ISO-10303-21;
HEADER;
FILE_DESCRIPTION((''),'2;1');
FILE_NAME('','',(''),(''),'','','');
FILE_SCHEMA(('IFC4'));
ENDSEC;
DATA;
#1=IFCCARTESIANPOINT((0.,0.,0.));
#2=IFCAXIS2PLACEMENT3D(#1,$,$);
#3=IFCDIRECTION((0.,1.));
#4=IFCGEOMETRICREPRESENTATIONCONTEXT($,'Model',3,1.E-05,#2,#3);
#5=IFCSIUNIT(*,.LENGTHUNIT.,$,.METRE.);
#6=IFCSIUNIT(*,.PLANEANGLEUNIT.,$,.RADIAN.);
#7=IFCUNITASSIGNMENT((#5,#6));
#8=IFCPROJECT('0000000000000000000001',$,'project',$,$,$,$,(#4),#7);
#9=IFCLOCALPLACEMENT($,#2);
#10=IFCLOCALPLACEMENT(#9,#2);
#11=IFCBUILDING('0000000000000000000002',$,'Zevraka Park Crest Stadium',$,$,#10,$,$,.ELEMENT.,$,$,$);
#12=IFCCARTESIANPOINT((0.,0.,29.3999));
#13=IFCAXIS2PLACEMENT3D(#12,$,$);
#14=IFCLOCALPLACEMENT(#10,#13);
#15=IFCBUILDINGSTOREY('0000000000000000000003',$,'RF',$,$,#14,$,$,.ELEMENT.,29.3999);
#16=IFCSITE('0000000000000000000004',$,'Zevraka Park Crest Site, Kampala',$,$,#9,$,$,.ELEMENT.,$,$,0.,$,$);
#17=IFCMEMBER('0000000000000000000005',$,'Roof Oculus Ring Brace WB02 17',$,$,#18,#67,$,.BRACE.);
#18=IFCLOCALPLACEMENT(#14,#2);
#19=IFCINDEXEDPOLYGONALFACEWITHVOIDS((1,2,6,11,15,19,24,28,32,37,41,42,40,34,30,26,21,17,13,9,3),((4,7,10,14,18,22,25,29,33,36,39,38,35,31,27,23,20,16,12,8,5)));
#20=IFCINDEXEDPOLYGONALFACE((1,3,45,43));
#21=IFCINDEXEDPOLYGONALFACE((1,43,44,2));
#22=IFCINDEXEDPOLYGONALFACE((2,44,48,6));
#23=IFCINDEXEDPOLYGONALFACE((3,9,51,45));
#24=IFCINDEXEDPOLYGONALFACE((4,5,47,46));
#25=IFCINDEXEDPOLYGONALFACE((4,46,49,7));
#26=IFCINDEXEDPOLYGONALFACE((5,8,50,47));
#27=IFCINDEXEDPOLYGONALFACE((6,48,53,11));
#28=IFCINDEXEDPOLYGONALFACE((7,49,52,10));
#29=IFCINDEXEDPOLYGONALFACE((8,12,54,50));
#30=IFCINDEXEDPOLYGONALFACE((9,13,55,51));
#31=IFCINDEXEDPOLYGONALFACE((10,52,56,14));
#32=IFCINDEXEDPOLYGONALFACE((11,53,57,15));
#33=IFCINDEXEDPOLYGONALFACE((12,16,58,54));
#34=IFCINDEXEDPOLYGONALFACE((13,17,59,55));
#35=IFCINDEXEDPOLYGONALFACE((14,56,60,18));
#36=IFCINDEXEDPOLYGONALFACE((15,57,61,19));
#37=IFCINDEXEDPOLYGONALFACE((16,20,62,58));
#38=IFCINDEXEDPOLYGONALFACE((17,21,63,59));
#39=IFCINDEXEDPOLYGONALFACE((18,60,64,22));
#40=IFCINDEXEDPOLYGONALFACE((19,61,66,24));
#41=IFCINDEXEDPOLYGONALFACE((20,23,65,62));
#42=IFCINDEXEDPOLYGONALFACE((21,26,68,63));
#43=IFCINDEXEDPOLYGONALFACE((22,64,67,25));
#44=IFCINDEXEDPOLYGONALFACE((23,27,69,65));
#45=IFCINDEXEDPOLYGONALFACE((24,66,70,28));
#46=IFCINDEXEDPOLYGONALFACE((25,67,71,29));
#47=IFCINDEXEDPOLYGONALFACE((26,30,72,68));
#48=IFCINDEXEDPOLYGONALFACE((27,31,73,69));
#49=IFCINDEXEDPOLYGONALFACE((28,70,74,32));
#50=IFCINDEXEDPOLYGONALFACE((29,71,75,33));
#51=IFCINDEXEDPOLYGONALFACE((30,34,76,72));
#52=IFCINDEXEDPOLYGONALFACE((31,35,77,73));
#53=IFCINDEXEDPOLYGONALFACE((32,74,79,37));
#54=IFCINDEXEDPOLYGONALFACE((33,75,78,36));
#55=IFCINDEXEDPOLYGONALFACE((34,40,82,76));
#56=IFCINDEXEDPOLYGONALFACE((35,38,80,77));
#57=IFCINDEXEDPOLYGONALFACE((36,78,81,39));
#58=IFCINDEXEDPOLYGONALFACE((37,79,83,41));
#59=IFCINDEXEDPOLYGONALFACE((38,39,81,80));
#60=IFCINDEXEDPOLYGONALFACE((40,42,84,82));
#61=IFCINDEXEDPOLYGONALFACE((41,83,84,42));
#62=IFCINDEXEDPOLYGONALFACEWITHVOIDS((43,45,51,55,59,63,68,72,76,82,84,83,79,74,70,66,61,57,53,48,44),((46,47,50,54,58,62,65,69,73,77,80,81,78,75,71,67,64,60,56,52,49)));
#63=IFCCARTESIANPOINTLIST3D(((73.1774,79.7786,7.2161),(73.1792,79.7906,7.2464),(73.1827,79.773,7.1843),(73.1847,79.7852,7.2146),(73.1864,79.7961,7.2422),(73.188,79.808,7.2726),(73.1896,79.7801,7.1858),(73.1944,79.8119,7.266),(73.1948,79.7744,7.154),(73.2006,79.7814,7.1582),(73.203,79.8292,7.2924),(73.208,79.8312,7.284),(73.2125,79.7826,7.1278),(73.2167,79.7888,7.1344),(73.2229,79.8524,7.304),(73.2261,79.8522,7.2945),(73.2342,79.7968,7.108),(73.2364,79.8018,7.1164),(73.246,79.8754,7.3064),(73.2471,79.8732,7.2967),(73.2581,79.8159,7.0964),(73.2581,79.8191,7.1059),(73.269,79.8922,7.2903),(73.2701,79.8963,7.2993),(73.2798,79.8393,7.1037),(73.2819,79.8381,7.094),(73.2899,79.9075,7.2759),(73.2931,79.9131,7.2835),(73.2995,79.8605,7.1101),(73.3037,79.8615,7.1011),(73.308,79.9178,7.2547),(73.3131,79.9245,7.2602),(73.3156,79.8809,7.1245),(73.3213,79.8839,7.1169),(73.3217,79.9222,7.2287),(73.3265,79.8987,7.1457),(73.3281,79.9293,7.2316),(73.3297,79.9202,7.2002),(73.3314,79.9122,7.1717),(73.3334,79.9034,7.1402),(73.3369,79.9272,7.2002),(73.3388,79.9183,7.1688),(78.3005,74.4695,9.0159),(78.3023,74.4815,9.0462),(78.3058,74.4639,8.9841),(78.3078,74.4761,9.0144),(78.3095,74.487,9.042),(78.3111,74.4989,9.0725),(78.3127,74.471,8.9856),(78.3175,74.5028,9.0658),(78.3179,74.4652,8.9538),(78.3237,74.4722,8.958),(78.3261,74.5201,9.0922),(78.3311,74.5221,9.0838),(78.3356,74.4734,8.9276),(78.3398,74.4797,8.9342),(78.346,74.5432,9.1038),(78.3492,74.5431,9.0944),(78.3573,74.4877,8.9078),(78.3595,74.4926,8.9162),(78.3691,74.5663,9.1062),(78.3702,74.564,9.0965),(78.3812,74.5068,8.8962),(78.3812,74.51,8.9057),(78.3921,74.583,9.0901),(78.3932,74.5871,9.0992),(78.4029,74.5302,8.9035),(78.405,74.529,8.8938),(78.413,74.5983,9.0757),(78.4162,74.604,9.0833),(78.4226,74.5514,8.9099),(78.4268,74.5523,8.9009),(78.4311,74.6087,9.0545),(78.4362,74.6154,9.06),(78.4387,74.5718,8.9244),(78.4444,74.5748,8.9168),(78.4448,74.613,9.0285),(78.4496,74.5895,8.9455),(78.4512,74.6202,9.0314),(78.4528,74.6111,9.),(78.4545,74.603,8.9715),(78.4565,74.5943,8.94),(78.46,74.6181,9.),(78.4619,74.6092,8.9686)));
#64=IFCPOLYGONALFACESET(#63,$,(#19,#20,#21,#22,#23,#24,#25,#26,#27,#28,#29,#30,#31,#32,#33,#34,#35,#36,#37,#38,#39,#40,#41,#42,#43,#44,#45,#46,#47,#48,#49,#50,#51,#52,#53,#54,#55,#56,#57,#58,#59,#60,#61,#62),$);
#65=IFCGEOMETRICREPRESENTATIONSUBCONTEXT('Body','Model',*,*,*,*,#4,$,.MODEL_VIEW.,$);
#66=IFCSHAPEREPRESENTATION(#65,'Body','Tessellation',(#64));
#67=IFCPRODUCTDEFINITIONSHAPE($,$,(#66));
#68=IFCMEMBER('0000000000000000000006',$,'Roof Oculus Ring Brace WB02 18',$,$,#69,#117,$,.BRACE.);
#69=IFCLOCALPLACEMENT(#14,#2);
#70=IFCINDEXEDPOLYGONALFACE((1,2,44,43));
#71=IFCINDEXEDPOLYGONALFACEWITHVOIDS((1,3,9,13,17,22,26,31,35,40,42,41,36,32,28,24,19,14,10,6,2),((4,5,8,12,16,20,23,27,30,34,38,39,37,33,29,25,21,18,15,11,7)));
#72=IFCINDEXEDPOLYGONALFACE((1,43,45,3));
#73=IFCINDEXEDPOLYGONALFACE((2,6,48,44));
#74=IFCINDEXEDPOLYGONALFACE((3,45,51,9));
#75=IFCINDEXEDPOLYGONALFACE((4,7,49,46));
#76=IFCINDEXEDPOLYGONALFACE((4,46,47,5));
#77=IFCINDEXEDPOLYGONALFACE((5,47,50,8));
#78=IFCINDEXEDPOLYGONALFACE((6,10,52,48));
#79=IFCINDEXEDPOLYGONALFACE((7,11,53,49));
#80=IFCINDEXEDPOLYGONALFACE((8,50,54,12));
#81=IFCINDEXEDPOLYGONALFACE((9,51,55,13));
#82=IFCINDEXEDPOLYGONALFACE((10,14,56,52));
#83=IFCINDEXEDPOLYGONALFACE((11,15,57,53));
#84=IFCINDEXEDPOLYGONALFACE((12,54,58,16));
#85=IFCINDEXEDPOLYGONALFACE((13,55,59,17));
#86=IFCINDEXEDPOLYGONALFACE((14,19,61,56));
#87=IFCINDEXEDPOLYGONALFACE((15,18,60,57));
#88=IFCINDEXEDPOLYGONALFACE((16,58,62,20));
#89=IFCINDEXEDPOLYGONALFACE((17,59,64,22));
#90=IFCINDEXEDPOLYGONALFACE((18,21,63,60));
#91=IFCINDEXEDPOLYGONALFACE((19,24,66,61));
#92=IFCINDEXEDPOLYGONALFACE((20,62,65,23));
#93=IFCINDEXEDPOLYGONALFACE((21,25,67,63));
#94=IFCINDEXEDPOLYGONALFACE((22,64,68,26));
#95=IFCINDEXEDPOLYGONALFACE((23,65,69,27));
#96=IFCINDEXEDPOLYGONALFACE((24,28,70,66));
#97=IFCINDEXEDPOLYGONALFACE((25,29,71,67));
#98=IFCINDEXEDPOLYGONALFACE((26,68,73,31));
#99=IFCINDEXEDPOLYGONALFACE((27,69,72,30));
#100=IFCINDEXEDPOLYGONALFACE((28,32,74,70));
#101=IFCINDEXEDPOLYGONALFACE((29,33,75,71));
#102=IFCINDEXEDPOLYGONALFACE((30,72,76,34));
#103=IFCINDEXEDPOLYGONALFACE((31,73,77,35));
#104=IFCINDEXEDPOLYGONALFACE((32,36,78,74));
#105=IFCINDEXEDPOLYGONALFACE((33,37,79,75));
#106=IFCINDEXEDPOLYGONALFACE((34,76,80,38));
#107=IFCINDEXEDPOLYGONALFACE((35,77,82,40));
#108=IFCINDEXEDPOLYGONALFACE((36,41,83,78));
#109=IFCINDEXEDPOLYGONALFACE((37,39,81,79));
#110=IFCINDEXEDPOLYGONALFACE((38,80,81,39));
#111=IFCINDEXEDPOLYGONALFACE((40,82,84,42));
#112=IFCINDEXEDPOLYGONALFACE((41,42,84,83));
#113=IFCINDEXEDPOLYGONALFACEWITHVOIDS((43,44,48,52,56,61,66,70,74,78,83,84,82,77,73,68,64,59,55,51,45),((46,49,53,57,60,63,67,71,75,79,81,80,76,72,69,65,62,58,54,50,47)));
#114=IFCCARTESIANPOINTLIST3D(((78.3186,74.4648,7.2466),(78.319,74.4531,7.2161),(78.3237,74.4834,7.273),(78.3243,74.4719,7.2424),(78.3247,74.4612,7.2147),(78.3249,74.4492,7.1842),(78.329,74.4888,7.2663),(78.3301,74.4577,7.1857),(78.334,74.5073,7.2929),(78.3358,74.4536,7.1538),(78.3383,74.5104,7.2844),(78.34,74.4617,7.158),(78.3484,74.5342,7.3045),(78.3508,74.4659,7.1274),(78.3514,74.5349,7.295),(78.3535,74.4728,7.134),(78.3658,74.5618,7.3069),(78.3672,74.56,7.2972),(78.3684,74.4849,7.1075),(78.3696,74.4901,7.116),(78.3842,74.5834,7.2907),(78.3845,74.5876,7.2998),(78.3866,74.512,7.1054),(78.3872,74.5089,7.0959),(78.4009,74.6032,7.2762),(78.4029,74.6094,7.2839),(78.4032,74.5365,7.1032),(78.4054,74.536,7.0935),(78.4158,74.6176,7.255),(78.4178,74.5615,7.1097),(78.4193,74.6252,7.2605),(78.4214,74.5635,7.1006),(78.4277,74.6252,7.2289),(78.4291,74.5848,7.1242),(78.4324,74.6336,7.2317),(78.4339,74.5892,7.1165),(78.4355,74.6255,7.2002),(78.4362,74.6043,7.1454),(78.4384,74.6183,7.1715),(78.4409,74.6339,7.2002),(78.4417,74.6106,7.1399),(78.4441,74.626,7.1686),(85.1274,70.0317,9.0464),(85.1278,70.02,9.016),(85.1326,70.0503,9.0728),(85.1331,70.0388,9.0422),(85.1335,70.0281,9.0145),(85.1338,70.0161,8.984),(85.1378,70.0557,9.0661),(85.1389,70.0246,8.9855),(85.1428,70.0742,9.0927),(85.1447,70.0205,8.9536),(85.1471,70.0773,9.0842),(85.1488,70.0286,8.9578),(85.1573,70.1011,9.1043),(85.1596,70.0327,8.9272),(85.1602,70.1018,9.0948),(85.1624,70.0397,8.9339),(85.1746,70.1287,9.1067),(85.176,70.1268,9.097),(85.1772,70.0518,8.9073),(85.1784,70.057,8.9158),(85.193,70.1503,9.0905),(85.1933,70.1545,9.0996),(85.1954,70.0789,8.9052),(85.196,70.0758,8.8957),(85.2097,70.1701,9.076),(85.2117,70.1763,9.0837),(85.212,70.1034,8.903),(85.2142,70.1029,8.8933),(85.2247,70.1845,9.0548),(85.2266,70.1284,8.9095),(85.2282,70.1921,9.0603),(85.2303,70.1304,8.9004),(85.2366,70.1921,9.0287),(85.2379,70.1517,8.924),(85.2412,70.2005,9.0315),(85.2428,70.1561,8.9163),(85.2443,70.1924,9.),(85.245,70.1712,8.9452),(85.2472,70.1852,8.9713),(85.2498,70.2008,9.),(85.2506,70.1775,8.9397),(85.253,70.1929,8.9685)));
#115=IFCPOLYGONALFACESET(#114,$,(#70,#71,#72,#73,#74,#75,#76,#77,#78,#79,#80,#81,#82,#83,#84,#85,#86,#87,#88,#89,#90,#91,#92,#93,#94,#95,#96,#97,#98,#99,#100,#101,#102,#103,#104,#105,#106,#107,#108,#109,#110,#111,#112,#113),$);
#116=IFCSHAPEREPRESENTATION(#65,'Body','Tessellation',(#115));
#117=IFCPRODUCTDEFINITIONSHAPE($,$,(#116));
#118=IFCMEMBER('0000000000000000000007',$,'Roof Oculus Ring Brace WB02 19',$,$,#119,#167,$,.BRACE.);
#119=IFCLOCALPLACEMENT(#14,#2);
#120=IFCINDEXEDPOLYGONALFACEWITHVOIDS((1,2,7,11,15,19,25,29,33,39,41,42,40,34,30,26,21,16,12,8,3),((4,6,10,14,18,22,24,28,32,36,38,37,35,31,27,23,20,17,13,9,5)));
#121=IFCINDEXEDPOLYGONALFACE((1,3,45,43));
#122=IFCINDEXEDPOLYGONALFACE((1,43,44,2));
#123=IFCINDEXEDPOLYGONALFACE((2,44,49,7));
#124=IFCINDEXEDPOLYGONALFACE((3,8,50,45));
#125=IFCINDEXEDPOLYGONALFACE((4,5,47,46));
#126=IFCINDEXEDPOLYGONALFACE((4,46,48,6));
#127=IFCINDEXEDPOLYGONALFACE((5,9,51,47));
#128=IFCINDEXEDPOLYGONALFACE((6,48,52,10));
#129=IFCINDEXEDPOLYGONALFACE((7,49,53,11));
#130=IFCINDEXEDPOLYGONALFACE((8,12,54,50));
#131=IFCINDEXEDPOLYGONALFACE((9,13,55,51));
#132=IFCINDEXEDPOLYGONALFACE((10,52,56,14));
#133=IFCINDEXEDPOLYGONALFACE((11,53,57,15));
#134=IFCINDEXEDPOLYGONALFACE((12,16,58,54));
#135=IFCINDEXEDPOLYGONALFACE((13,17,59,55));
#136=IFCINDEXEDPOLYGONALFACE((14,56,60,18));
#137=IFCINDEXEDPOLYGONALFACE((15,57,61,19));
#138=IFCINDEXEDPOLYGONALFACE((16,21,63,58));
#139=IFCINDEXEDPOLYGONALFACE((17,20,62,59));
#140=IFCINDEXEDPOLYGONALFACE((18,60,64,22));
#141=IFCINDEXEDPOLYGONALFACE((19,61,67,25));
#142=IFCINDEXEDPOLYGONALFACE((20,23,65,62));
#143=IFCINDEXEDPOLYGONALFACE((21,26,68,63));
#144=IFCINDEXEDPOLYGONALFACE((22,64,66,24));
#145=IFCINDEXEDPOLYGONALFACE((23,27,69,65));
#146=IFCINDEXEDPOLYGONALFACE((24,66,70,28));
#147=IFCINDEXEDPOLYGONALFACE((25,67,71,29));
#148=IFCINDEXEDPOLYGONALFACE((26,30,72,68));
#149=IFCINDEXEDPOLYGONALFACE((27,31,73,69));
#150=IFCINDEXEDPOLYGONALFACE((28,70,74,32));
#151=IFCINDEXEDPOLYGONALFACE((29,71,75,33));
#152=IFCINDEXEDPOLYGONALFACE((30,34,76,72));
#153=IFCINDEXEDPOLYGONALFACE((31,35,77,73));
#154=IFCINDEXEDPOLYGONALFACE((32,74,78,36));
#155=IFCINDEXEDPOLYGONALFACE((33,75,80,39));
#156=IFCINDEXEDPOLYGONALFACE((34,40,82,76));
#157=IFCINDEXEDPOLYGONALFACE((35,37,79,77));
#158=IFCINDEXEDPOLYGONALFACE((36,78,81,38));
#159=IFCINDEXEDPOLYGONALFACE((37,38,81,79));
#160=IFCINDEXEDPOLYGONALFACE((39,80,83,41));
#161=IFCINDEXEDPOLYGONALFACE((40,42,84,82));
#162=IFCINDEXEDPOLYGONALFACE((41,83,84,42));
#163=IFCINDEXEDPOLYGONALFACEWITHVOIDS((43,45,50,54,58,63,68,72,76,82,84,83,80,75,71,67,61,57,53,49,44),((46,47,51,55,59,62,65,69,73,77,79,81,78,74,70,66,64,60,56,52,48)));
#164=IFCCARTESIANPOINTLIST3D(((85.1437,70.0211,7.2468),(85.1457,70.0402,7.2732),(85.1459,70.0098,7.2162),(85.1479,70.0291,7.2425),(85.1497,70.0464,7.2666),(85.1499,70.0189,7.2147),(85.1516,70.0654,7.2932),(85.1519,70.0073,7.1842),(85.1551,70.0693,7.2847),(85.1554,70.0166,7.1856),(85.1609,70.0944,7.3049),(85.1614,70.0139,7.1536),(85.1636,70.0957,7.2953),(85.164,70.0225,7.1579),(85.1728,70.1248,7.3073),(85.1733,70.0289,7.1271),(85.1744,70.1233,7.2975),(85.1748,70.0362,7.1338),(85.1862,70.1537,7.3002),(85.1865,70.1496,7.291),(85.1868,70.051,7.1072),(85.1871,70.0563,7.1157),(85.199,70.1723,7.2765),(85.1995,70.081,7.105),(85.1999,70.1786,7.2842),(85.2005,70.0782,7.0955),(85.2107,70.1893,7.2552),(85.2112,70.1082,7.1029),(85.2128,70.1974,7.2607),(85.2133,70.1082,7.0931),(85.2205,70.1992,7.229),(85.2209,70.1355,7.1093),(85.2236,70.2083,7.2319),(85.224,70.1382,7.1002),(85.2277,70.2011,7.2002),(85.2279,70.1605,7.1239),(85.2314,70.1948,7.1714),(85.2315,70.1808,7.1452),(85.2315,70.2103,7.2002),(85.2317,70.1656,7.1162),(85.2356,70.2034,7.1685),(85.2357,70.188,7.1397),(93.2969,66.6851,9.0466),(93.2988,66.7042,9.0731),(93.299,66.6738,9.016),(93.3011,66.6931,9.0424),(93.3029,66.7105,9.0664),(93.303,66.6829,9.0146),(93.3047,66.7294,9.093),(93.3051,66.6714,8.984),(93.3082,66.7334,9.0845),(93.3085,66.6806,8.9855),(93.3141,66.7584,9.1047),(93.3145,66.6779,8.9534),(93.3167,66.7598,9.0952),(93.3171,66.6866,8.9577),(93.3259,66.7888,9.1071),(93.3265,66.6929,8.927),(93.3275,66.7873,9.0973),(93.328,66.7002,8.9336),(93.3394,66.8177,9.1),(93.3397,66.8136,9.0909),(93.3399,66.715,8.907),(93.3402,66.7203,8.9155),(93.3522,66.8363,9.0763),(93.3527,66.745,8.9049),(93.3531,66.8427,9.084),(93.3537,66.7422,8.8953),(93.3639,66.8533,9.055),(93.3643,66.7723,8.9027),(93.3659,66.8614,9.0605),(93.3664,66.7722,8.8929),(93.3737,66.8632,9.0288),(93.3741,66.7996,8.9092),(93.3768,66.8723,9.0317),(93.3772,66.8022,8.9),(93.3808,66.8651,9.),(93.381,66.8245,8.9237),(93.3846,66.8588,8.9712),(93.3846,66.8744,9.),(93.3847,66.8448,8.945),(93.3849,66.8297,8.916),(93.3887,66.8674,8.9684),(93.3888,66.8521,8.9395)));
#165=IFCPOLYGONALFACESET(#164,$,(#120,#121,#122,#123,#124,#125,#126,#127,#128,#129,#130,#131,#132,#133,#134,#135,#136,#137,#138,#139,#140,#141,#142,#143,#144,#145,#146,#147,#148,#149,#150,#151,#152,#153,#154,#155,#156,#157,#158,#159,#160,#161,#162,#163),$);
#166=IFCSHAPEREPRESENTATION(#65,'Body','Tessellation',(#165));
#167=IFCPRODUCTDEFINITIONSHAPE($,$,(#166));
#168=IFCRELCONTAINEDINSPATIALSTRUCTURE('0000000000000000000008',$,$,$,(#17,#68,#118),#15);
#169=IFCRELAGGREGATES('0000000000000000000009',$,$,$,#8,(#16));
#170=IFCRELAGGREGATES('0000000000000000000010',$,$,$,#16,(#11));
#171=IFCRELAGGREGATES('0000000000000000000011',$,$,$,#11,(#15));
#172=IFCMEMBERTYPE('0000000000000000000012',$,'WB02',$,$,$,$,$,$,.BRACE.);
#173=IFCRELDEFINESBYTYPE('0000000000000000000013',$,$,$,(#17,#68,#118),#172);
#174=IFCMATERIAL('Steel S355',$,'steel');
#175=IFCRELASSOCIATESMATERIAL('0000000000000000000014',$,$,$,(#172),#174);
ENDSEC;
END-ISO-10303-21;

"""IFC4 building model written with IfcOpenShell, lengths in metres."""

from ifc_helpers import new_model, si_unit, direction, frame, origin, origin_2d, place, context, subcontext, project, spatial, hollow_circle, extrude, material, material_profile, profile_set, type_object, element, save


model = new_model("IFC4")

# Units and contexts
model_context = context("Model", 3, precision=1e-05, world=origin(), true_north=direction((0.0, 1.0)))
body_context = subcontext(model_context, "Body", "Model", "MODEL_VIEW")
ifc_project = project(units=[si_unit("LENGTHUNIT", "METRE"), si_unit("PLANEANGLEUNIT", "RADIAN")], contexts=[model_context])

# Site, building, storey
site_placement = place(None, origin())
site = spatial("IfcSite", under=ifc_project, at=site_placement, Name="Zevraka Park Crest Site, Kampala", CompositionType="ELEMENT", RefElevation=0.0)
building_placement = place(site_placement, origin())
building = spatial("IfcBuilding", under=site, at=building_placement, Name="Zevraka Park Crest Stadium", CompositionType="ELEMENT")
storey_placement = place(building_placement, frame((0.0, 0.0, 29.3999)))
storey = spatial("IfcBuildingStorey", under=building, at=storey_placement, Name="RF", CompositionType="ELEMENT", Elevation=29.3999)

# Members
ifc_material_1 = material(Name="Steel S355", Category="steel")
ifc_material_profile_1 = material_profile(ifc_material_1, hollow_circle(Radius=0.1096, WallThickness=0.01, at=origin_2d()), Name="CHS 219.1x10")
ifc_profile_set_1 = profile_set([ifc_material_profile_1], Name="Steel S355")
member_type_1 = type_object("IfcMemberType", Name="WB02", PredefinedType="BRACE", material=ifc_profile_set_1)
member_1_placement = place(storey_placement, frame((73.2581, 79.8511, 7.2002), z_axis=(0.674604, -0.699101, 0.236999), x_axis=(0.719602, 0.694387, 0.0)))
element("IfcMember", 1, at=member_1_placement, inside=storey, type_object=member_type_1, Name="Roof Oculus Ring Brace WB02 17", PredefinedType="BRACE", context=body_context, shape_type="SweptSolid", body=[
    extrude(hollow_circle(Radius=0.1096, WallThickness=0.01, at=origin_2d()), origin(), (0.0, 0.0, 1.0), 7.5942),
])
member_2_placement = place(storey_placement, frame((78.3811, 74.542, 7.2002), z_axis=(0.818195, -0.532711, 0.216276), x_axis=(0.545625, 0.838029, 0.0)))
element("IfcMember", 2, at=member_2_placement, inside=storey, type_object=member_type_1, Name="Roof Oculus Ring Brace WB02 18", PredefinedType="BRACE", context=body_context, shape_type="SweptSolid", body=[
    extrude(hollow_circle(Radius=0.1096, WallThickness=0.01, at=origin_2d()), origin(), (0.0, 0.0, 1.0), 8.3218),
])
member_3_placement = place(storey_placement, frame((85.1899, 70.1089, 7.2002), z_axis=(0.906791, -0.371025, 0.200176), x_axis=(0.37869, 0.925524, 0.0)))
element("IfcMember", 3, at=member_3_placement, inside=storey, type_object=member_type_1, Name="Roof Oculus Ring Brace WB02 19", PredefinedType="BRACE", context=body_context, shape_type="SweptSolid", body=[
    extrude(hollow_circle(Radius=0.1096, WallThickness=0.01, at=origin_2d()), origin(), (0.0, 0.0, 1.0), 8.9912),
])

save(model, "model.ifc")
